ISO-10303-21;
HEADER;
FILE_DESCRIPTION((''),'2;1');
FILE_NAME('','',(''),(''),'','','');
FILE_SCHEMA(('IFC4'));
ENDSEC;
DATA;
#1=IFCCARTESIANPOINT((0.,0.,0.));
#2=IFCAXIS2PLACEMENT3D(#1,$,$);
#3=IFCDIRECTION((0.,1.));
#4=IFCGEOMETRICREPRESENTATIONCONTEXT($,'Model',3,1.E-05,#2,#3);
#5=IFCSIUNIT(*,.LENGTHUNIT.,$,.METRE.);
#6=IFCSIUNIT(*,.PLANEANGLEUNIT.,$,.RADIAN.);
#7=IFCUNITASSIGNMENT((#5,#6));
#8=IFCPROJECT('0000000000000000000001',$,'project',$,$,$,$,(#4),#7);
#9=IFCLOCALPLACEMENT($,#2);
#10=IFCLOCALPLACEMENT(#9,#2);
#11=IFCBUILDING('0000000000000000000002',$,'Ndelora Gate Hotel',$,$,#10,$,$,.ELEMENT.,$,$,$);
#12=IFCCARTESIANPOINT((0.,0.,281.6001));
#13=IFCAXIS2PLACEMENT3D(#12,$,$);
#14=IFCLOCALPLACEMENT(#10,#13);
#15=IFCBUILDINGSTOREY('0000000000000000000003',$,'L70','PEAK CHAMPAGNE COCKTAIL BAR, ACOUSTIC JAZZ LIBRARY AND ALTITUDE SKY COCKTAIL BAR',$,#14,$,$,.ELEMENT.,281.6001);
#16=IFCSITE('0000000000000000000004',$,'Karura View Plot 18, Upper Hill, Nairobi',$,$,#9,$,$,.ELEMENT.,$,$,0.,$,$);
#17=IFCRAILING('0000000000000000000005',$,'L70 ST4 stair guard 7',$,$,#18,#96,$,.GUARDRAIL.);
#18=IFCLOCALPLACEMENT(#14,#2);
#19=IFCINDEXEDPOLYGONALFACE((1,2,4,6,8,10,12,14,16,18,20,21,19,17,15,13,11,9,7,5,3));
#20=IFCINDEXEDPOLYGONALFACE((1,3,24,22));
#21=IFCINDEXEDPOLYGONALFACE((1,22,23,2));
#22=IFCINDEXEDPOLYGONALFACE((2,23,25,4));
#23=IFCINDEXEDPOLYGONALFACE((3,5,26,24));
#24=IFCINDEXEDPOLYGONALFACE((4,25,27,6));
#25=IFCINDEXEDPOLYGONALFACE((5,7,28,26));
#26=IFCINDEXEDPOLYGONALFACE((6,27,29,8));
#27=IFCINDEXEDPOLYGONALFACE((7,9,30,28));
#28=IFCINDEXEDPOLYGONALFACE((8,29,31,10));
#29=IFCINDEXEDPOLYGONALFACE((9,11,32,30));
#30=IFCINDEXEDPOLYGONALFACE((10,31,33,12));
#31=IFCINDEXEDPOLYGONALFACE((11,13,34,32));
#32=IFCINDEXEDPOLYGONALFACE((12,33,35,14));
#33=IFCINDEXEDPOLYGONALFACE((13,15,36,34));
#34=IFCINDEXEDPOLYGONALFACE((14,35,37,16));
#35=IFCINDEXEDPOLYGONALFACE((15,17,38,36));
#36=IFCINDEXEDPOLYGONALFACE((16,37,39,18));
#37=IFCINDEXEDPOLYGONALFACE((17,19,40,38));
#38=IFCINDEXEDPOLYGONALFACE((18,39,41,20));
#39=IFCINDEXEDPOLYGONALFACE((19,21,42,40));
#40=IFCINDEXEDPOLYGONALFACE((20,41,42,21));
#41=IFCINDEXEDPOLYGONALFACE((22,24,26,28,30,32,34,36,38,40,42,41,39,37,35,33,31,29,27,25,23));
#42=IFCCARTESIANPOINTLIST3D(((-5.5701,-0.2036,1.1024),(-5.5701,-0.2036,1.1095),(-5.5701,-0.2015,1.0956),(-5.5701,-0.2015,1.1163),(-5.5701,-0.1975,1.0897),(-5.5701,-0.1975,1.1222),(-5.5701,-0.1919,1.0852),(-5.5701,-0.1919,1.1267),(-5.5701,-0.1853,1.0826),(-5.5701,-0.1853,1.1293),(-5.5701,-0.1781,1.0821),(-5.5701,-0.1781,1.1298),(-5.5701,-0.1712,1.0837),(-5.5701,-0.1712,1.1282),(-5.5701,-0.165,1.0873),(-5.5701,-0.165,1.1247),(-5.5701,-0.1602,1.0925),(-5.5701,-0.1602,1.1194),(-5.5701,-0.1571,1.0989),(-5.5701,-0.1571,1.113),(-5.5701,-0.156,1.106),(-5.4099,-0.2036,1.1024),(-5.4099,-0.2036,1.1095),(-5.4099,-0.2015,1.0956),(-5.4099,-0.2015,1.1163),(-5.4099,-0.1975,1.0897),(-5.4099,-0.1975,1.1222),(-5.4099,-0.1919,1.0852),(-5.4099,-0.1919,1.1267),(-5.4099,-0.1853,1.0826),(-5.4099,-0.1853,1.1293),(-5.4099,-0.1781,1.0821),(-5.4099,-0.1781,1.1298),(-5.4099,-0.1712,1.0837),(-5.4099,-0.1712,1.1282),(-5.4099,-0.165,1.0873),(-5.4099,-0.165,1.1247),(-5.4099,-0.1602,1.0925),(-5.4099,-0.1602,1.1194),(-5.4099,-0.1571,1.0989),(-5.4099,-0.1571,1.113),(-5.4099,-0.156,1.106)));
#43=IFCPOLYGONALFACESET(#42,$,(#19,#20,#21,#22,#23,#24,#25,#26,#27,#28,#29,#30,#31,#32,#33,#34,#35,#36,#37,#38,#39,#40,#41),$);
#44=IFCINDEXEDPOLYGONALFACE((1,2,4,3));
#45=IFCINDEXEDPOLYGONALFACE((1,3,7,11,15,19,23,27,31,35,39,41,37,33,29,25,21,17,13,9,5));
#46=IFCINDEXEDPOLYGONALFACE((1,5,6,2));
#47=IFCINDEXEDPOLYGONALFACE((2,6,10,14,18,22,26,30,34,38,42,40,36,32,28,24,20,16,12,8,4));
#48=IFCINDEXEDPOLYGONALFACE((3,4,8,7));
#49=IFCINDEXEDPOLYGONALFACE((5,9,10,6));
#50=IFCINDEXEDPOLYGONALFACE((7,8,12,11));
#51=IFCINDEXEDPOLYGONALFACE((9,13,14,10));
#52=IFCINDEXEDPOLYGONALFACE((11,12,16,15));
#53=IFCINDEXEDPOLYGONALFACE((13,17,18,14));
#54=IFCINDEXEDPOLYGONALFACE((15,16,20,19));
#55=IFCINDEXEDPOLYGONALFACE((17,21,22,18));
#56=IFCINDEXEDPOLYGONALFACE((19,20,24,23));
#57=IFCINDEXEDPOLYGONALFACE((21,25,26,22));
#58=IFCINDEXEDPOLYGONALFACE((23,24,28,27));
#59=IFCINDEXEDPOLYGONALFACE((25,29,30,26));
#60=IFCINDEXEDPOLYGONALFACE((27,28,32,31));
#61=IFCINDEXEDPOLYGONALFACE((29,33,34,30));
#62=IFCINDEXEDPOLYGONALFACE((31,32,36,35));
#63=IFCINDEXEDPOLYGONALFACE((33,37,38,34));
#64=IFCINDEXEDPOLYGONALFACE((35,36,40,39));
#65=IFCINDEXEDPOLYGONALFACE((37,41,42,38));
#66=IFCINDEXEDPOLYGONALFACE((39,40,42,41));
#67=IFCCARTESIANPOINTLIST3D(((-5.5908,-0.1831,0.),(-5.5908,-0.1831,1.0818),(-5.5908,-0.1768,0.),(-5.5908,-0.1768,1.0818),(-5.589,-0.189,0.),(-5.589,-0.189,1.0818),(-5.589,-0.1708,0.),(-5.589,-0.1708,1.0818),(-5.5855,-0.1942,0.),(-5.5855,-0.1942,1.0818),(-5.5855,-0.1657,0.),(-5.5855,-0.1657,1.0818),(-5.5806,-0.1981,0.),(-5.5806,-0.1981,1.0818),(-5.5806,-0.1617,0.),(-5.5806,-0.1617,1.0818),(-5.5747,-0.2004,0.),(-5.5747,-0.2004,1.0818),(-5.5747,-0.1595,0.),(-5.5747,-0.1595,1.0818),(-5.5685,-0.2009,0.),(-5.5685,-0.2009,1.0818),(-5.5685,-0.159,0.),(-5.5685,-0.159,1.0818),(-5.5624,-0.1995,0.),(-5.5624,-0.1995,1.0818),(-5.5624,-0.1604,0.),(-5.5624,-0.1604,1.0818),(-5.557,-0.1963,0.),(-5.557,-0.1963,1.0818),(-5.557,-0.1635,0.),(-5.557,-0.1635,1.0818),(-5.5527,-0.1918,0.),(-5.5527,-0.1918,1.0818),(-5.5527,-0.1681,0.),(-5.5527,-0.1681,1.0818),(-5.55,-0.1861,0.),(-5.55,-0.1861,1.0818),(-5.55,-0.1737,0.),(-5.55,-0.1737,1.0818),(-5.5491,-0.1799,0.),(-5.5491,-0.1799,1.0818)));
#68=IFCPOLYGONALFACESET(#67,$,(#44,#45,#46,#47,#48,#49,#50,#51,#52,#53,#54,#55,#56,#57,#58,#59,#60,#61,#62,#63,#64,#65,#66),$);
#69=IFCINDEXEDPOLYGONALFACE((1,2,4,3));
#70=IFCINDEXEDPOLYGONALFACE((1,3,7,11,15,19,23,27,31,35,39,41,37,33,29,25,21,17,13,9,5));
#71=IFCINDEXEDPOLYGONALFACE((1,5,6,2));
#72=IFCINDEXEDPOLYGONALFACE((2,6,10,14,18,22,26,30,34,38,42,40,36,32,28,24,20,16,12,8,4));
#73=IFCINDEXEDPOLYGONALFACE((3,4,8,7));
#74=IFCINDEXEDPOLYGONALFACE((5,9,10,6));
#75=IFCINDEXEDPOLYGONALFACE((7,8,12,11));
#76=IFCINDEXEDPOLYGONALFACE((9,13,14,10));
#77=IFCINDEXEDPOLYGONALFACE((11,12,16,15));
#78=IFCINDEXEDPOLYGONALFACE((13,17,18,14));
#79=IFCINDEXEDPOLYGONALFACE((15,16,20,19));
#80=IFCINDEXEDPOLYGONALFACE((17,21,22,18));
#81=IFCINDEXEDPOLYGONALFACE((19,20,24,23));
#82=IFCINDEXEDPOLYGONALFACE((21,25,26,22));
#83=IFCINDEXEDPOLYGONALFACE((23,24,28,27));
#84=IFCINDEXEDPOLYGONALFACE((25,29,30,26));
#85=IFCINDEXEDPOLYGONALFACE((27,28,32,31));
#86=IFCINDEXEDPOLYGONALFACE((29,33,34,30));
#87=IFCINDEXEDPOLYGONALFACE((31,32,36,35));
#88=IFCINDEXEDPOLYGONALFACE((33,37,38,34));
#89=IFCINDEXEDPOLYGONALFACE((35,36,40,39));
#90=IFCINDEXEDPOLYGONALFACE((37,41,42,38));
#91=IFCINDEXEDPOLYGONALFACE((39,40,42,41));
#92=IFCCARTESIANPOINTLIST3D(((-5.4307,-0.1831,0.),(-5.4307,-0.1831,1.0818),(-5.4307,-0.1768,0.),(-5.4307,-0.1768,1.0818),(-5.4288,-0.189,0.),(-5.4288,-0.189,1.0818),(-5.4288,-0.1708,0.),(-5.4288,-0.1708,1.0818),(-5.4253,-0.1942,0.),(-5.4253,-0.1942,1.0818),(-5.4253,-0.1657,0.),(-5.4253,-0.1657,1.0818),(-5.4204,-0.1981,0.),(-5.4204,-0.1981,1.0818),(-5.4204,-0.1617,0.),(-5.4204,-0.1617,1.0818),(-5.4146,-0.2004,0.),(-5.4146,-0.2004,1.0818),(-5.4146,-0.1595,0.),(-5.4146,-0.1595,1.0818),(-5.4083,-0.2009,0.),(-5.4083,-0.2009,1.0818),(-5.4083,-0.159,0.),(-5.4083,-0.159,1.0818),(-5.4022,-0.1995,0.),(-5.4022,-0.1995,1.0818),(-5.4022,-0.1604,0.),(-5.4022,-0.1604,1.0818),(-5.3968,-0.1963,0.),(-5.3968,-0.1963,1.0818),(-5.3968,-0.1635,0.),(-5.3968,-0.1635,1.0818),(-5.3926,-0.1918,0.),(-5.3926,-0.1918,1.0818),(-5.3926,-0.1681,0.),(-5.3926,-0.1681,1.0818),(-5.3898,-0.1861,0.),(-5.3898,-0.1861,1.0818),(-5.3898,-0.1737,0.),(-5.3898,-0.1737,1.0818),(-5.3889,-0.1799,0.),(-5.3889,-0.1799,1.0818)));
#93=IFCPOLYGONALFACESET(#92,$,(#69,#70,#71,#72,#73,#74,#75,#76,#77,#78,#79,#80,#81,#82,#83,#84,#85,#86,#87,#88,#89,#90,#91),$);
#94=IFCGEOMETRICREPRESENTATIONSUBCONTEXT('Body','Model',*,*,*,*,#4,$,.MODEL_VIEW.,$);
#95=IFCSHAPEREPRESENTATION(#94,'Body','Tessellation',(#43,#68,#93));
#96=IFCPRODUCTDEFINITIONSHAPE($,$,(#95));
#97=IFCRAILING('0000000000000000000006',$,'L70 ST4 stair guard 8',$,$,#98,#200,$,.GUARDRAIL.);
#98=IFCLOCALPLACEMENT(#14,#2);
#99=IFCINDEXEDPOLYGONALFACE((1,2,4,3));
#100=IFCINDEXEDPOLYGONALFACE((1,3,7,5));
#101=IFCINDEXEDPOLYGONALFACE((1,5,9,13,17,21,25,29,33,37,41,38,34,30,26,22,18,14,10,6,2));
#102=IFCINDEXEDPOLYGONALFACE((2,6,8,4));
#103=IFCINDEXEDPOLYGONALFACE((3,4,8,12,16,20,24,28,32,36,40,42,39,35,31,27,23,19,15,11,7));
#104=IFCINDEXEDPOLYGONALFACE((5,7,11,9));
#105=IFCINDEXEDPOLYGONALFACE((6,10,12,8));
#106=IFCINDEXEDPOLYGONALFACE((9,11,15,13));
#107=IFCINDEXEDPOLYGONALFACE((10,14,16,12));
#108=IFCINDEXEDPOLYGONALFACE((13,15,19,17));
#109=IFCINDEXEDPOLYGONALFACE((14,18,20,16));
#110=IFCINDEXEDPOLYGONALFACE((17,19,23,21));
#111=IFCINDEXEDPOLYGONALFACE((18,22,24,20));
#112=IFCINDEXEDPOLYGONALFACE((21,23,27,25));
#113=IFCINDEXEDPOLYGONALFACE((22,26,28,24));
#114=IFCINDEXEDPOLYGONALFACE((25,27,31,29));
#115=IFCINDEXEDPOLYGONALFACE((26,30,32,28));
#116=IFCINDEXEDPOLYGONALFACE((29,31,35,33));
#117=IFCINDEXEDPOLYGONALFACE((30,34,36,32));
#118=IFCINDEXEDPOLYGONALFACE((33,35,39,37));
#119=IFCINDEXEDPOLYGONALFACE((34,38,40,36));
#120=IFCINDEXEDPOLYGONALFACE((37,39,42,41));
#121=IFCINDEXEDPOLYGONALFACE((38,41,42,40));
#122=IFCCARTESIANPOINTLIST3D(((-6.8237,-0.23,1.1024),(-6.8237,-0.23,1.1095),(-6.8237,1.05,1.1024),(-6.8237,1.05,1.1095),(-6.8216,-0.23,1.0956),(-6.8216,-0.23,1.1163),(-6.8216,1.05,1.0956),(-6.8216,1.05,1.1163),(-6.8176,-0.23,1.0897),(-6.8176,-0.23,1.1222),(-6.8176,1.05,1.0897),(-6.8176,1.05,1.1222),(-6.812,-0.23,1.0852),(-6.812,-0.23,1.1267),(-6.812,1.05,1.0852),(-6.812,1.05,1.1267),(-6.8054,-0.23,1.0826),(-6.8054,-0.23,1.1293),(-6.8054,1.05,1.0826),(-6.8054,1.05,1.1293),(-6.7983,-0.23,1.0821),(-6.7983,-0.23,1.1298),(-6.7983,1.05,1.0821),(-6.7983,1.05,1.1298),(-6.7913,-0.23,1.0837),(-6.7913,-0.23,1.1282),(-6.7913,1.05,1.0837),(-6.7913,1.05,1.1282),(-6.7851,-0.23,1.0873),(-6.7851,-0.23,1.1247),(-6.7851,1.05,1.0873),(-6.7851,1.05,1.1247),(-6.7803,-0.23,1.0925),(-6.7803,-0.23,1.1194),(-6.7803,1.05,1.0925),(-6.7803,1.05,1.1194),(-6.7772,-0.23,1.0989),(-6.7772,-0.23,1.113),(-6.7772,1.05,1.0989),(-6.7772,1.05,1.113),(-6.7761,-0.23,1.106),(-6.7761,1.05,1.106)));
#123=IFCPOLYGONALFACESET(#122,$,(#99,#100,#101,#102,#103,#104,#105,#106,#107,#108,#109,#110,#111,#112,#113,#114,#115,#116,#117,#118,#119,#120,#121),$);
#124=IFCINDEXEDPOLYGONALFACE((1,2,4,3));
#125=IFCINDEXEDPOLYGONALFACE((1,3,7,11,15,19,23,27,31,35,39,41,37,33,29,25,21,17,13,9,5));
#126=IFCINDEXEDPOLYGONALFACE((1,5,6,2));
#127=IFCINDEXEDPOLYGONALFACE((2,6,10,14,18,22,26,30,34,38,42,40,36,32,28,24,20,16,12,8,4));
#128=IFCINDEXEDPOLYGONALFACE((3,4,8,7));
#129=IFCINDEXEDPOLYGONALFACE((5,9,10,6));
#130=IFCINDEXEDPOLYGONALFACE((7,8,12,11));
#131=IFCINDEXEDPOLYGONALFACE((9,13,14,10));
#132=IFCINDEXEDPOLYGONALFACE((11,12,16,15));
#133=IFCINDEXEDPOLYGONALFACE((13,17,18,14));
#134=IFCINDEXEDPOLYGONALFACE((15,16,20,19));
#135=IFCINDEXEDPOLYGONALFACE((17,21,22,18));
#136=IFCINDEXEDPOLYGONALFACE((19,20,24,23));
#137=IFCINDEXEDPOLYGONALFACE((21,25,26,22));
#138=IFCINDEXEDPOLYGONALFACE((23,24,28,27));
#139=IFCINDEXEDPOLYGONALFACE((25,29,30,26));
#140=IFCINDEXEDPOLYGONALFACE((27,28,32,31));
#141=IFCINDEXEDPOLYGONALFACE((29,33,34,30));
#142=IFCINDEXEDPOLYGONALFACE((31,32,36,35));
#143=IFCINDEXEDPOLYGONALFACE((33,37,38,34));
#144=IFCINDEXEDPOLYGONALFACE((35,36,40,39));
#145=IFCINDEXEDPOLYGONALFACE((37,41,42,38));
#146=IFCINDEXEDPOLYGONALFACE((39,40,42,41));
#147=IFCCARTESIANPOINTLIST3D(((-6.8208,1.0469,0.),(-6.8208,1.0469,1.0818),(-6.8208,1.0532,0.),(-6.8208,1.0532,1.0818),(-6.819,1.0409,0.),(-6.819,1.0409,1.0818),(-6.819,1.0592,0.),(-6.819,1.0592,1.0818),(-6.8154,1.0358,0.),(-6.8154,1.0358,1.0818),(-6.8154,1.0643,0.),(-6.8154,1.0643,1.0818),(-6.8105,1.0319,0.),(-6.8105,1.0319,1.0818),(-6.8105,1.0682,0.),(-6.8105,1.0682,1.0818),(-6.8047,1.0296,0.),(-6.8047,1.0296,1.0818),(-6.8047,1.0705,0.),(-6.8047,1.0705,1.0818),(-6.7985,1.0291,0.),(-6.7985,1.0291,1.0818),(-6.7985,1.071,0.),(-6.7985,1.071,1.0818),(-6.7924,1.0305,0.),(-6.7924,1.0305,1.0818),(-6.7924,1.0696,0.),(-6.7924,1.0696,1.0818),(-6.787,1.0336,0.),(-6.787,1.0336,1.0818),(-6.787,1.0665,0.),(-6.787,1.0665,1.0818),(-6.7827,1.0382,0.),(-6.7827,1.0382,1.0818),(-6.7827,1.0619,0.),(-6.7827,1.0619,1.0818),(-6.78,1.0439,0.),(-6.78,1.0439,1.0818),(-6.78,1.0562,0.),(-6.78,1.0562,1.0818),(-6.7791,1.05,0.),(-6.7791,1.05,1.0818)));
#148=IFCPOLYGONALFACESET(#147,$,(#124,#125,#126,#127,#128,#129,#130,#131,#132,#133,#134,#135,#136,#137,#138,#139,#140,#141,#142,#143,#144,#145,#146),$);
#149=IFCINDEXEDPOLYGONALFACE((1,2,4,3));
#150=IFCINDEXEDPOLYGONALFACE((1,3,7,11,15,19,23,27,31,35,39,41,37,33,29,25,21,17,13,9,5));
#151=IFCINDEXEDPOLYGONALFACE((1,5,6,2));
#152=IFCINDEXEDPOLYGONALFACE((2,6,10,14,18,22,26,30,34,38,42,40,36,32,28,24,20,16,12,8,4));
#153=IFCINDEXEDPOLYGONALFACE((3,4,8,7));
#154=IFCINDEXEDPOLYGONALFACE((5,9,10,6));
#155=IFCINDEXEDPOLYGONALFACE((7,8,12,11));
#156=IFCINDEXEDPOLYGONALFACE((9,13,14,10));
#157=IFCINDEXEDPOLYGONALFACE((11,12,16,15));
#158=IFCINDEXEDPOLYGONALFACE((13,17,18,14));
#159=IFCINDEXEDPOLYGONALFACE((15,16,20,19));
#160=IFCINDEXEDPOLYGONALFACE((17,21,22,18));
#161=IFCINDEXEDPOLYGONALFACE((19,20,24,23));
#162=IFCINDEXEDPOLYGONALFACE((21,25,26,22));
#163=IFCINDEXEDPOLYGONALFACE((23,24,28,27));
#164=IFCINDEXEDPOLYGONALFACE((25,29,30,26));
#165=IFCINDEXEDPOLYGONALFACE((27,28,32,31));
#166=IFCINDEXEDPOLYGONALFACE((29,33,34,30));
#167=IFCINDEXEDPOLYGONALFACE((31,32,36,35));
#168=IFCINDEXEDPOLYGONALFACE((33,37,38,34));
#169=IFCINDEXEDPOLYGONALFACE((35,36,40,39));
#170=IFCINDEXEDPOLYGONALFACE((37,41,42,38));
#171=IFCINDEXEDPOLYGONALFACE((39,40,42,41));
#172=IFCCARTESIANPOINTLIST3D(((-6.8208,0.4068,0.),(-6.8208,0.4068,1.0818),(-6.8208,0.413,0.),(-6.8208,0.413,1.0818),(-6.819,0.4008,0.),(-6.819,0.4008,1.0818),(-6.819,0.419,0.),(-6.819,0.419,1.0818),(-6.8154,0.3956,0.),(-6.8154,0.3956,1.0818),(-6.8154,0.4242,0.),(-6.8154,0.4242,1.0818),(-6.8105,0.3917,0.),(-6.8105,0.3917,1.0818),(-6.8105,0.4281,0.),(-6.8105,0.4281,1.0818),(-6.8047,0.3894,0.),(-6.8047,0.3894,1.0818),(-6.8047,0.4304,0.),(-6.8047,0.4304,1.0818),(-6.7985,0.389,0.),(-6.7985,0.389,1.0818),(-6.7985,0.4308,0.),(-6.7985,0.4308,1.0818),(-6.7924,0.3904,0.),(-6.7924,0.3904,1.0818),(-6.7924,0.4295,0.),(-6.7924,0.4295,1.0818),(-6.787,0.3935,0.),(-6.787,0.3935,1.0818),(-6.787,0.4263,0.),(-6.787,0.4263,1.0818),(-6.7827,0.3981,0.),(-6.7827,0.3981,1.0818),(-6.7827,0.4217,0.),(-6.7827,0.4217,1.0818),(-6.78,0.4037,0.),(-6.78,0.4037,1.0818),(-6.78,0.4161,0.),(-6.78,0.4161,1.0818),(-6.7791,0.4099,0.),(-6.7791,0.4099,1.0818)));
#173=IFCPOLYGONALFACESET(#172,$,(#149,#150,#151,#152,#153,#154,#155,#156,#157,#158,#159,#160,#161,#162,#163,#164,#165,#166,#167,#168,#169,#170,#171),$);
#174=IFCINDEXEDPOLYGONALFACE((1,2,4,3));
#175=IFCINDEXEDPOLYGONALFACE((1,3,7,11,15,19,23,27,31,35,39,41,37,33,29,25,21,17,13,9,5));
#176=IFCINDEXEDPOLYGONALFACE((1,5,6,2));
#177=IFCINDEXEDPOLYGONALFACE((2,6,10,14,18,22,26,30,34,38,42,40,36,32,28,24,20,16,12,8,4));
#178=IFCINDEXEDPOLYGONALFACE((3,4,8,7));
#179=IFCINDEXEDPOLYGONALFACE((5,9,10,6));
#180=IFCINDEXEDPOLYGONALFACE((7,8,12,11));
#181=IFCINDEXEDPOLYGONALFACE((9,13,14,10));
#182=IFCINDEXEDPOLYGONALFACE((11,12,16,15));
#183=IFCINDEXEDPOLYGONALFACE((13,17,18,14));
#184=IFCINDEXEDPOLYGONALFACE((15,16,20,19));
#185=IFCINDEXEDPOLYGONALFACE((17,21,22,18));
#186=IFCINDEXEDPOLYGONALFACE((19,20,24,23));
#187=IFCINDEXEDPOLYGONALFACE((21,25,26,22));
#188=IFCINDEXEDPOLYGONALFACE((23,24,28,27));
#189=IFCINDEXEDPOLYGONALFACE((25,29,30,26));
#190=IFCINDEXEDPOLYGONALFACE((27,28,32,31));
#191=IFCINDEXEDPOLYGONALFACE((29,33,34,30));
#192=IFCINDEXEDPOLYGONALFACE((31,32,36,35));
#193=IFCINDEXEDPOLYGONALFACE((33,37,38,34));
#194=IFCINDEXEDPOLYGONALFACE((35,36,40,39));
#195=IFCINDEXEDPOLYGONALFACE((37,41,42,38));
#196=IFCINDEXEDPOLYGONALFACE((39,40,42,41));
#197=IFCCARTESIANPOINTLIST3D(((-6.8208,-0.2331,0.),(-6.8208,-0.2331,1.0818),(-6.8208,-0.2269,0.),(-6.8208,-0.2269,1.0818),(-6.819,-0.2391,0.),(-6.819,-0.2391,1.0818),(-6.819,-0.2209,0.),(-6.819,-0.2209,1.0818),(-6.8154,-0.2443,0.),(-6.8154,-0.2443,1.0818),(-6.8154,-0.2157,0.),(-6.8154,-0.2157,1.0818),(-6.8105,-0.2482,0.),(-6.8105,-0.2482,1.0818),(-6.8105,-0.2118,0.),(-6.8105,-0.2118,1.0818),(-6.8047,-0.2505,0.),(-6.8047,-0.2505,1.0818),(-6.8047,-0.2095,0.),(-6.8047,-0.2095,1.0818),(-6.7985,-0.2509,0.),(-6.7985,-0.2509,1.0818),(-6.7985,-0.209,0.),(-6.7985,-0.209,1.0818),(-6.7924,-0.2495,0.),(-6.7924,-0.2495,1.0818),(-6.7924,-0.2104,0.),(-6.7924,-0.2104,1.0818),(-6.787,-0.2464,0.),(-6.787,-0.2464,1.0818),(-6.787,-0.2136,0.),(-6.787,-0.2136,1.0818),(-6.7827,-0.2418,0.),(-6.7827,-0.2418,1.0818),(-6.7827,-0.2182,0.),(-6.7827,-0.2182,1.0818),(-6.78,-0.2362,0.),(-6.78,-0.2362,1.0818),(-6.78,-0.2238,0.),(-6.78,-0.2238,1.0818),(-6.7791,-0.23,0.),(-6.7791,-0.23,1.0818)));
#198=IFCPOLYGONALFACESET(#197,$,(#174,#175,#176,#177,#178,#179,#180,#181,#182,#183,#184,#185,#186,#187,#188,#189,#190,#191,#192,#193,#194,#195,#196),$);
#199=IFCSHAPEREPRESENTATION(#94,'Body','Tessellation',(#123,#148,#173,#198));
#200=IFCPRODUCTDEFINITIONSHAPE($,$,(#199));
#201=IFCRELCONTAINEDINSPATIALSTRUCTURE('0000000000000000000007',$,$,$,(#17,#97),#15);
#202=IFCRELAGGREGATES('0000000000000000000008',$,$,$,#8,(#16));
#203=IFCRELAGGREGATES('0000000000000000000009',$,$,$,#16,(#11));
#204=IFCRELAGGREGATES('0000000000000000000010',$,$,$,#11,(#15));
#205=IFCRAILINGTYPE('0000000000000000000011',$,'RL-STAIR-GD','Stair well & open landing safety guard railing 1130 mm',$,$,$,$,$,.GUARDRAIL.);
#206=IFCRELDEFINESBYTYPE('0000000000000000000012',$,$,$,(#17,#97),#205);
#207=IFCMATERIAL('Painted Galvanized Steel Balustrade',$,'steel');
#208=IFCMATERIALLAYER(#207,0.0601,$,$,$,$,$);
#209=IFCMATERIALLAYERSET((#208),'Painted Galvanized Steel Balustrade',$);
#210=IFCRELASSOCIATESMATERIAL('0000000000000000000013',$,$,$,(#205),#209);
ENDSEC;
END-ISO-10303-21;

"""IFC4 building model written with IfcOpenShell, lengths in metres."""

from ifc_helpers import new_model, si_unit, direction, frame, origin, origin_2d, place, context, subcontext, project, spatial, circle, extrude, material, layer, layer_set, type_object, element, save


model = new_model("IFC4")

# Units and contexts
model_context = context("Model", 3, precision=1e-05, world=origin(), true_north=direction((0.0, 1.0)))
body_context = subcontext(model_context, "Body", "Model", "MODEL_VIEW")
ifc_project = project(units=[si_unit("LENGTHUNIT", "METRE"), si_unit("PLANEANGLEUNIT", "RADIAN")], contexts=[model_context])

# Site, building, storey
site_placement = place(None, origin())
site = spatial("IfcSite", under=ifc_project, at=site_placement, Name="Karura View Plot 18, Upper Hill, Nairobi", CompositionType="ELEMENT", RefElevation=0.0)
building_placement = place(site_placement, origin())
building = spatial("IfcBuilding", under=site, at=building_placement, Name="Ndelora Gate Hotel", CompositionType="ELEMENT")
storey_placement = place(building_placement, frame((0.0, 0.0, 281.6001)))
storey = spatial("IfcBuildingStorey", under=building, at=storey_placement, Name="L70", Description="PEAK CHAMPAGNE COCKTAIL BAR, ACOUSTIC JAZZ LIBRARY AND ALTITUDE SKY COCKTAIL BAR", CompositionType="ELEMENT", Elevation=281.6001)

# Railings
ifc_material_1 = material(Name="Painted Galvanized Steel Balustrade", Category="steel")
ifc_layer_1 = layer(ifc_material_1, 0.0601)
ifc_layer_set_1 = layer_set([ifc_layer_1], Name="Painted Galvanized Steel Balustrade")
railing_type_1 = type_object("IfcRailingType", Name="RL-STAIR-GD", Description="Stair well & open landing safety guard railing 1130 mm", PredefinedType="GUARDRAIL", material=ifc_layer_set_1)
railing_1_placement = place(storey_placement, frame((-5.5701, -0.1799, 0.0)))
element("IfcRailing", 1, at=railing_1_placement, inside=storey, type_object=railing_type_1, Name="L70 ST4 stair guard 7", PredefinedType="GUARDRAIL", context=body_context, shape_type="SweptSolid", body=[
    extrude(circle(Radius=0.0239, at=origin_2d()), frame((0.0, 0.0, 1.106), z_axis=(1.0, 0.0, 0.0), x_axis=(0.0, 1.0, 0.0)), (0.0, 0.0, 1.0), 0.1602),
    extrude(circle(Radius=0.021, at=origin_2d()), origin(), (0.0, 0.0, 1.0), 1.0818),
    extrude(circle(Radius=0.021, at=origin_2d()), frame((0.1602, 0.0, 0.0)), (0.0, 0.0, 1.0), 1.0818),
])
for number, where, name in (
    (2, (-6.8, 1.05, 0.0), "L70 ST4 stair guard 8"),
):
    element("IfcRailing", number, at=place(storey_placement, frame(where)), inside=storey, type_object=railing_type_1, Name=name, PredefinedType="GUARDRAIL", context=body_context, shape_type="SweptSolid", body=[
        extrude(circle(Radius=0.0239, at=origin_2d()), frame((0.0, 0.0, 1.106), z_axis=(0.0, -1.0, 0.0), x_axis=(1.0, 0.0, 0.0)), (0.0, 0.0, 1.0), 1.28),
        extrude(circle(Radius=0.021, at=origin_2d()), origin(), (0.0, 0.0, 1.0), 1.0818),
        extrude(circle(Radius=0.021, at=origin_2d()), frame((0.0, -0.6401, 0.0)), (0.0, 0.0, 1.0), 1.0818),
        extrude(circle(Radius=0.021, at=origin_2d()), frame((0.0, -1.28, 0.0)), (0.0, 0.0, 1.0), 1.0818),
    ])

save(model, "model.ifc")
